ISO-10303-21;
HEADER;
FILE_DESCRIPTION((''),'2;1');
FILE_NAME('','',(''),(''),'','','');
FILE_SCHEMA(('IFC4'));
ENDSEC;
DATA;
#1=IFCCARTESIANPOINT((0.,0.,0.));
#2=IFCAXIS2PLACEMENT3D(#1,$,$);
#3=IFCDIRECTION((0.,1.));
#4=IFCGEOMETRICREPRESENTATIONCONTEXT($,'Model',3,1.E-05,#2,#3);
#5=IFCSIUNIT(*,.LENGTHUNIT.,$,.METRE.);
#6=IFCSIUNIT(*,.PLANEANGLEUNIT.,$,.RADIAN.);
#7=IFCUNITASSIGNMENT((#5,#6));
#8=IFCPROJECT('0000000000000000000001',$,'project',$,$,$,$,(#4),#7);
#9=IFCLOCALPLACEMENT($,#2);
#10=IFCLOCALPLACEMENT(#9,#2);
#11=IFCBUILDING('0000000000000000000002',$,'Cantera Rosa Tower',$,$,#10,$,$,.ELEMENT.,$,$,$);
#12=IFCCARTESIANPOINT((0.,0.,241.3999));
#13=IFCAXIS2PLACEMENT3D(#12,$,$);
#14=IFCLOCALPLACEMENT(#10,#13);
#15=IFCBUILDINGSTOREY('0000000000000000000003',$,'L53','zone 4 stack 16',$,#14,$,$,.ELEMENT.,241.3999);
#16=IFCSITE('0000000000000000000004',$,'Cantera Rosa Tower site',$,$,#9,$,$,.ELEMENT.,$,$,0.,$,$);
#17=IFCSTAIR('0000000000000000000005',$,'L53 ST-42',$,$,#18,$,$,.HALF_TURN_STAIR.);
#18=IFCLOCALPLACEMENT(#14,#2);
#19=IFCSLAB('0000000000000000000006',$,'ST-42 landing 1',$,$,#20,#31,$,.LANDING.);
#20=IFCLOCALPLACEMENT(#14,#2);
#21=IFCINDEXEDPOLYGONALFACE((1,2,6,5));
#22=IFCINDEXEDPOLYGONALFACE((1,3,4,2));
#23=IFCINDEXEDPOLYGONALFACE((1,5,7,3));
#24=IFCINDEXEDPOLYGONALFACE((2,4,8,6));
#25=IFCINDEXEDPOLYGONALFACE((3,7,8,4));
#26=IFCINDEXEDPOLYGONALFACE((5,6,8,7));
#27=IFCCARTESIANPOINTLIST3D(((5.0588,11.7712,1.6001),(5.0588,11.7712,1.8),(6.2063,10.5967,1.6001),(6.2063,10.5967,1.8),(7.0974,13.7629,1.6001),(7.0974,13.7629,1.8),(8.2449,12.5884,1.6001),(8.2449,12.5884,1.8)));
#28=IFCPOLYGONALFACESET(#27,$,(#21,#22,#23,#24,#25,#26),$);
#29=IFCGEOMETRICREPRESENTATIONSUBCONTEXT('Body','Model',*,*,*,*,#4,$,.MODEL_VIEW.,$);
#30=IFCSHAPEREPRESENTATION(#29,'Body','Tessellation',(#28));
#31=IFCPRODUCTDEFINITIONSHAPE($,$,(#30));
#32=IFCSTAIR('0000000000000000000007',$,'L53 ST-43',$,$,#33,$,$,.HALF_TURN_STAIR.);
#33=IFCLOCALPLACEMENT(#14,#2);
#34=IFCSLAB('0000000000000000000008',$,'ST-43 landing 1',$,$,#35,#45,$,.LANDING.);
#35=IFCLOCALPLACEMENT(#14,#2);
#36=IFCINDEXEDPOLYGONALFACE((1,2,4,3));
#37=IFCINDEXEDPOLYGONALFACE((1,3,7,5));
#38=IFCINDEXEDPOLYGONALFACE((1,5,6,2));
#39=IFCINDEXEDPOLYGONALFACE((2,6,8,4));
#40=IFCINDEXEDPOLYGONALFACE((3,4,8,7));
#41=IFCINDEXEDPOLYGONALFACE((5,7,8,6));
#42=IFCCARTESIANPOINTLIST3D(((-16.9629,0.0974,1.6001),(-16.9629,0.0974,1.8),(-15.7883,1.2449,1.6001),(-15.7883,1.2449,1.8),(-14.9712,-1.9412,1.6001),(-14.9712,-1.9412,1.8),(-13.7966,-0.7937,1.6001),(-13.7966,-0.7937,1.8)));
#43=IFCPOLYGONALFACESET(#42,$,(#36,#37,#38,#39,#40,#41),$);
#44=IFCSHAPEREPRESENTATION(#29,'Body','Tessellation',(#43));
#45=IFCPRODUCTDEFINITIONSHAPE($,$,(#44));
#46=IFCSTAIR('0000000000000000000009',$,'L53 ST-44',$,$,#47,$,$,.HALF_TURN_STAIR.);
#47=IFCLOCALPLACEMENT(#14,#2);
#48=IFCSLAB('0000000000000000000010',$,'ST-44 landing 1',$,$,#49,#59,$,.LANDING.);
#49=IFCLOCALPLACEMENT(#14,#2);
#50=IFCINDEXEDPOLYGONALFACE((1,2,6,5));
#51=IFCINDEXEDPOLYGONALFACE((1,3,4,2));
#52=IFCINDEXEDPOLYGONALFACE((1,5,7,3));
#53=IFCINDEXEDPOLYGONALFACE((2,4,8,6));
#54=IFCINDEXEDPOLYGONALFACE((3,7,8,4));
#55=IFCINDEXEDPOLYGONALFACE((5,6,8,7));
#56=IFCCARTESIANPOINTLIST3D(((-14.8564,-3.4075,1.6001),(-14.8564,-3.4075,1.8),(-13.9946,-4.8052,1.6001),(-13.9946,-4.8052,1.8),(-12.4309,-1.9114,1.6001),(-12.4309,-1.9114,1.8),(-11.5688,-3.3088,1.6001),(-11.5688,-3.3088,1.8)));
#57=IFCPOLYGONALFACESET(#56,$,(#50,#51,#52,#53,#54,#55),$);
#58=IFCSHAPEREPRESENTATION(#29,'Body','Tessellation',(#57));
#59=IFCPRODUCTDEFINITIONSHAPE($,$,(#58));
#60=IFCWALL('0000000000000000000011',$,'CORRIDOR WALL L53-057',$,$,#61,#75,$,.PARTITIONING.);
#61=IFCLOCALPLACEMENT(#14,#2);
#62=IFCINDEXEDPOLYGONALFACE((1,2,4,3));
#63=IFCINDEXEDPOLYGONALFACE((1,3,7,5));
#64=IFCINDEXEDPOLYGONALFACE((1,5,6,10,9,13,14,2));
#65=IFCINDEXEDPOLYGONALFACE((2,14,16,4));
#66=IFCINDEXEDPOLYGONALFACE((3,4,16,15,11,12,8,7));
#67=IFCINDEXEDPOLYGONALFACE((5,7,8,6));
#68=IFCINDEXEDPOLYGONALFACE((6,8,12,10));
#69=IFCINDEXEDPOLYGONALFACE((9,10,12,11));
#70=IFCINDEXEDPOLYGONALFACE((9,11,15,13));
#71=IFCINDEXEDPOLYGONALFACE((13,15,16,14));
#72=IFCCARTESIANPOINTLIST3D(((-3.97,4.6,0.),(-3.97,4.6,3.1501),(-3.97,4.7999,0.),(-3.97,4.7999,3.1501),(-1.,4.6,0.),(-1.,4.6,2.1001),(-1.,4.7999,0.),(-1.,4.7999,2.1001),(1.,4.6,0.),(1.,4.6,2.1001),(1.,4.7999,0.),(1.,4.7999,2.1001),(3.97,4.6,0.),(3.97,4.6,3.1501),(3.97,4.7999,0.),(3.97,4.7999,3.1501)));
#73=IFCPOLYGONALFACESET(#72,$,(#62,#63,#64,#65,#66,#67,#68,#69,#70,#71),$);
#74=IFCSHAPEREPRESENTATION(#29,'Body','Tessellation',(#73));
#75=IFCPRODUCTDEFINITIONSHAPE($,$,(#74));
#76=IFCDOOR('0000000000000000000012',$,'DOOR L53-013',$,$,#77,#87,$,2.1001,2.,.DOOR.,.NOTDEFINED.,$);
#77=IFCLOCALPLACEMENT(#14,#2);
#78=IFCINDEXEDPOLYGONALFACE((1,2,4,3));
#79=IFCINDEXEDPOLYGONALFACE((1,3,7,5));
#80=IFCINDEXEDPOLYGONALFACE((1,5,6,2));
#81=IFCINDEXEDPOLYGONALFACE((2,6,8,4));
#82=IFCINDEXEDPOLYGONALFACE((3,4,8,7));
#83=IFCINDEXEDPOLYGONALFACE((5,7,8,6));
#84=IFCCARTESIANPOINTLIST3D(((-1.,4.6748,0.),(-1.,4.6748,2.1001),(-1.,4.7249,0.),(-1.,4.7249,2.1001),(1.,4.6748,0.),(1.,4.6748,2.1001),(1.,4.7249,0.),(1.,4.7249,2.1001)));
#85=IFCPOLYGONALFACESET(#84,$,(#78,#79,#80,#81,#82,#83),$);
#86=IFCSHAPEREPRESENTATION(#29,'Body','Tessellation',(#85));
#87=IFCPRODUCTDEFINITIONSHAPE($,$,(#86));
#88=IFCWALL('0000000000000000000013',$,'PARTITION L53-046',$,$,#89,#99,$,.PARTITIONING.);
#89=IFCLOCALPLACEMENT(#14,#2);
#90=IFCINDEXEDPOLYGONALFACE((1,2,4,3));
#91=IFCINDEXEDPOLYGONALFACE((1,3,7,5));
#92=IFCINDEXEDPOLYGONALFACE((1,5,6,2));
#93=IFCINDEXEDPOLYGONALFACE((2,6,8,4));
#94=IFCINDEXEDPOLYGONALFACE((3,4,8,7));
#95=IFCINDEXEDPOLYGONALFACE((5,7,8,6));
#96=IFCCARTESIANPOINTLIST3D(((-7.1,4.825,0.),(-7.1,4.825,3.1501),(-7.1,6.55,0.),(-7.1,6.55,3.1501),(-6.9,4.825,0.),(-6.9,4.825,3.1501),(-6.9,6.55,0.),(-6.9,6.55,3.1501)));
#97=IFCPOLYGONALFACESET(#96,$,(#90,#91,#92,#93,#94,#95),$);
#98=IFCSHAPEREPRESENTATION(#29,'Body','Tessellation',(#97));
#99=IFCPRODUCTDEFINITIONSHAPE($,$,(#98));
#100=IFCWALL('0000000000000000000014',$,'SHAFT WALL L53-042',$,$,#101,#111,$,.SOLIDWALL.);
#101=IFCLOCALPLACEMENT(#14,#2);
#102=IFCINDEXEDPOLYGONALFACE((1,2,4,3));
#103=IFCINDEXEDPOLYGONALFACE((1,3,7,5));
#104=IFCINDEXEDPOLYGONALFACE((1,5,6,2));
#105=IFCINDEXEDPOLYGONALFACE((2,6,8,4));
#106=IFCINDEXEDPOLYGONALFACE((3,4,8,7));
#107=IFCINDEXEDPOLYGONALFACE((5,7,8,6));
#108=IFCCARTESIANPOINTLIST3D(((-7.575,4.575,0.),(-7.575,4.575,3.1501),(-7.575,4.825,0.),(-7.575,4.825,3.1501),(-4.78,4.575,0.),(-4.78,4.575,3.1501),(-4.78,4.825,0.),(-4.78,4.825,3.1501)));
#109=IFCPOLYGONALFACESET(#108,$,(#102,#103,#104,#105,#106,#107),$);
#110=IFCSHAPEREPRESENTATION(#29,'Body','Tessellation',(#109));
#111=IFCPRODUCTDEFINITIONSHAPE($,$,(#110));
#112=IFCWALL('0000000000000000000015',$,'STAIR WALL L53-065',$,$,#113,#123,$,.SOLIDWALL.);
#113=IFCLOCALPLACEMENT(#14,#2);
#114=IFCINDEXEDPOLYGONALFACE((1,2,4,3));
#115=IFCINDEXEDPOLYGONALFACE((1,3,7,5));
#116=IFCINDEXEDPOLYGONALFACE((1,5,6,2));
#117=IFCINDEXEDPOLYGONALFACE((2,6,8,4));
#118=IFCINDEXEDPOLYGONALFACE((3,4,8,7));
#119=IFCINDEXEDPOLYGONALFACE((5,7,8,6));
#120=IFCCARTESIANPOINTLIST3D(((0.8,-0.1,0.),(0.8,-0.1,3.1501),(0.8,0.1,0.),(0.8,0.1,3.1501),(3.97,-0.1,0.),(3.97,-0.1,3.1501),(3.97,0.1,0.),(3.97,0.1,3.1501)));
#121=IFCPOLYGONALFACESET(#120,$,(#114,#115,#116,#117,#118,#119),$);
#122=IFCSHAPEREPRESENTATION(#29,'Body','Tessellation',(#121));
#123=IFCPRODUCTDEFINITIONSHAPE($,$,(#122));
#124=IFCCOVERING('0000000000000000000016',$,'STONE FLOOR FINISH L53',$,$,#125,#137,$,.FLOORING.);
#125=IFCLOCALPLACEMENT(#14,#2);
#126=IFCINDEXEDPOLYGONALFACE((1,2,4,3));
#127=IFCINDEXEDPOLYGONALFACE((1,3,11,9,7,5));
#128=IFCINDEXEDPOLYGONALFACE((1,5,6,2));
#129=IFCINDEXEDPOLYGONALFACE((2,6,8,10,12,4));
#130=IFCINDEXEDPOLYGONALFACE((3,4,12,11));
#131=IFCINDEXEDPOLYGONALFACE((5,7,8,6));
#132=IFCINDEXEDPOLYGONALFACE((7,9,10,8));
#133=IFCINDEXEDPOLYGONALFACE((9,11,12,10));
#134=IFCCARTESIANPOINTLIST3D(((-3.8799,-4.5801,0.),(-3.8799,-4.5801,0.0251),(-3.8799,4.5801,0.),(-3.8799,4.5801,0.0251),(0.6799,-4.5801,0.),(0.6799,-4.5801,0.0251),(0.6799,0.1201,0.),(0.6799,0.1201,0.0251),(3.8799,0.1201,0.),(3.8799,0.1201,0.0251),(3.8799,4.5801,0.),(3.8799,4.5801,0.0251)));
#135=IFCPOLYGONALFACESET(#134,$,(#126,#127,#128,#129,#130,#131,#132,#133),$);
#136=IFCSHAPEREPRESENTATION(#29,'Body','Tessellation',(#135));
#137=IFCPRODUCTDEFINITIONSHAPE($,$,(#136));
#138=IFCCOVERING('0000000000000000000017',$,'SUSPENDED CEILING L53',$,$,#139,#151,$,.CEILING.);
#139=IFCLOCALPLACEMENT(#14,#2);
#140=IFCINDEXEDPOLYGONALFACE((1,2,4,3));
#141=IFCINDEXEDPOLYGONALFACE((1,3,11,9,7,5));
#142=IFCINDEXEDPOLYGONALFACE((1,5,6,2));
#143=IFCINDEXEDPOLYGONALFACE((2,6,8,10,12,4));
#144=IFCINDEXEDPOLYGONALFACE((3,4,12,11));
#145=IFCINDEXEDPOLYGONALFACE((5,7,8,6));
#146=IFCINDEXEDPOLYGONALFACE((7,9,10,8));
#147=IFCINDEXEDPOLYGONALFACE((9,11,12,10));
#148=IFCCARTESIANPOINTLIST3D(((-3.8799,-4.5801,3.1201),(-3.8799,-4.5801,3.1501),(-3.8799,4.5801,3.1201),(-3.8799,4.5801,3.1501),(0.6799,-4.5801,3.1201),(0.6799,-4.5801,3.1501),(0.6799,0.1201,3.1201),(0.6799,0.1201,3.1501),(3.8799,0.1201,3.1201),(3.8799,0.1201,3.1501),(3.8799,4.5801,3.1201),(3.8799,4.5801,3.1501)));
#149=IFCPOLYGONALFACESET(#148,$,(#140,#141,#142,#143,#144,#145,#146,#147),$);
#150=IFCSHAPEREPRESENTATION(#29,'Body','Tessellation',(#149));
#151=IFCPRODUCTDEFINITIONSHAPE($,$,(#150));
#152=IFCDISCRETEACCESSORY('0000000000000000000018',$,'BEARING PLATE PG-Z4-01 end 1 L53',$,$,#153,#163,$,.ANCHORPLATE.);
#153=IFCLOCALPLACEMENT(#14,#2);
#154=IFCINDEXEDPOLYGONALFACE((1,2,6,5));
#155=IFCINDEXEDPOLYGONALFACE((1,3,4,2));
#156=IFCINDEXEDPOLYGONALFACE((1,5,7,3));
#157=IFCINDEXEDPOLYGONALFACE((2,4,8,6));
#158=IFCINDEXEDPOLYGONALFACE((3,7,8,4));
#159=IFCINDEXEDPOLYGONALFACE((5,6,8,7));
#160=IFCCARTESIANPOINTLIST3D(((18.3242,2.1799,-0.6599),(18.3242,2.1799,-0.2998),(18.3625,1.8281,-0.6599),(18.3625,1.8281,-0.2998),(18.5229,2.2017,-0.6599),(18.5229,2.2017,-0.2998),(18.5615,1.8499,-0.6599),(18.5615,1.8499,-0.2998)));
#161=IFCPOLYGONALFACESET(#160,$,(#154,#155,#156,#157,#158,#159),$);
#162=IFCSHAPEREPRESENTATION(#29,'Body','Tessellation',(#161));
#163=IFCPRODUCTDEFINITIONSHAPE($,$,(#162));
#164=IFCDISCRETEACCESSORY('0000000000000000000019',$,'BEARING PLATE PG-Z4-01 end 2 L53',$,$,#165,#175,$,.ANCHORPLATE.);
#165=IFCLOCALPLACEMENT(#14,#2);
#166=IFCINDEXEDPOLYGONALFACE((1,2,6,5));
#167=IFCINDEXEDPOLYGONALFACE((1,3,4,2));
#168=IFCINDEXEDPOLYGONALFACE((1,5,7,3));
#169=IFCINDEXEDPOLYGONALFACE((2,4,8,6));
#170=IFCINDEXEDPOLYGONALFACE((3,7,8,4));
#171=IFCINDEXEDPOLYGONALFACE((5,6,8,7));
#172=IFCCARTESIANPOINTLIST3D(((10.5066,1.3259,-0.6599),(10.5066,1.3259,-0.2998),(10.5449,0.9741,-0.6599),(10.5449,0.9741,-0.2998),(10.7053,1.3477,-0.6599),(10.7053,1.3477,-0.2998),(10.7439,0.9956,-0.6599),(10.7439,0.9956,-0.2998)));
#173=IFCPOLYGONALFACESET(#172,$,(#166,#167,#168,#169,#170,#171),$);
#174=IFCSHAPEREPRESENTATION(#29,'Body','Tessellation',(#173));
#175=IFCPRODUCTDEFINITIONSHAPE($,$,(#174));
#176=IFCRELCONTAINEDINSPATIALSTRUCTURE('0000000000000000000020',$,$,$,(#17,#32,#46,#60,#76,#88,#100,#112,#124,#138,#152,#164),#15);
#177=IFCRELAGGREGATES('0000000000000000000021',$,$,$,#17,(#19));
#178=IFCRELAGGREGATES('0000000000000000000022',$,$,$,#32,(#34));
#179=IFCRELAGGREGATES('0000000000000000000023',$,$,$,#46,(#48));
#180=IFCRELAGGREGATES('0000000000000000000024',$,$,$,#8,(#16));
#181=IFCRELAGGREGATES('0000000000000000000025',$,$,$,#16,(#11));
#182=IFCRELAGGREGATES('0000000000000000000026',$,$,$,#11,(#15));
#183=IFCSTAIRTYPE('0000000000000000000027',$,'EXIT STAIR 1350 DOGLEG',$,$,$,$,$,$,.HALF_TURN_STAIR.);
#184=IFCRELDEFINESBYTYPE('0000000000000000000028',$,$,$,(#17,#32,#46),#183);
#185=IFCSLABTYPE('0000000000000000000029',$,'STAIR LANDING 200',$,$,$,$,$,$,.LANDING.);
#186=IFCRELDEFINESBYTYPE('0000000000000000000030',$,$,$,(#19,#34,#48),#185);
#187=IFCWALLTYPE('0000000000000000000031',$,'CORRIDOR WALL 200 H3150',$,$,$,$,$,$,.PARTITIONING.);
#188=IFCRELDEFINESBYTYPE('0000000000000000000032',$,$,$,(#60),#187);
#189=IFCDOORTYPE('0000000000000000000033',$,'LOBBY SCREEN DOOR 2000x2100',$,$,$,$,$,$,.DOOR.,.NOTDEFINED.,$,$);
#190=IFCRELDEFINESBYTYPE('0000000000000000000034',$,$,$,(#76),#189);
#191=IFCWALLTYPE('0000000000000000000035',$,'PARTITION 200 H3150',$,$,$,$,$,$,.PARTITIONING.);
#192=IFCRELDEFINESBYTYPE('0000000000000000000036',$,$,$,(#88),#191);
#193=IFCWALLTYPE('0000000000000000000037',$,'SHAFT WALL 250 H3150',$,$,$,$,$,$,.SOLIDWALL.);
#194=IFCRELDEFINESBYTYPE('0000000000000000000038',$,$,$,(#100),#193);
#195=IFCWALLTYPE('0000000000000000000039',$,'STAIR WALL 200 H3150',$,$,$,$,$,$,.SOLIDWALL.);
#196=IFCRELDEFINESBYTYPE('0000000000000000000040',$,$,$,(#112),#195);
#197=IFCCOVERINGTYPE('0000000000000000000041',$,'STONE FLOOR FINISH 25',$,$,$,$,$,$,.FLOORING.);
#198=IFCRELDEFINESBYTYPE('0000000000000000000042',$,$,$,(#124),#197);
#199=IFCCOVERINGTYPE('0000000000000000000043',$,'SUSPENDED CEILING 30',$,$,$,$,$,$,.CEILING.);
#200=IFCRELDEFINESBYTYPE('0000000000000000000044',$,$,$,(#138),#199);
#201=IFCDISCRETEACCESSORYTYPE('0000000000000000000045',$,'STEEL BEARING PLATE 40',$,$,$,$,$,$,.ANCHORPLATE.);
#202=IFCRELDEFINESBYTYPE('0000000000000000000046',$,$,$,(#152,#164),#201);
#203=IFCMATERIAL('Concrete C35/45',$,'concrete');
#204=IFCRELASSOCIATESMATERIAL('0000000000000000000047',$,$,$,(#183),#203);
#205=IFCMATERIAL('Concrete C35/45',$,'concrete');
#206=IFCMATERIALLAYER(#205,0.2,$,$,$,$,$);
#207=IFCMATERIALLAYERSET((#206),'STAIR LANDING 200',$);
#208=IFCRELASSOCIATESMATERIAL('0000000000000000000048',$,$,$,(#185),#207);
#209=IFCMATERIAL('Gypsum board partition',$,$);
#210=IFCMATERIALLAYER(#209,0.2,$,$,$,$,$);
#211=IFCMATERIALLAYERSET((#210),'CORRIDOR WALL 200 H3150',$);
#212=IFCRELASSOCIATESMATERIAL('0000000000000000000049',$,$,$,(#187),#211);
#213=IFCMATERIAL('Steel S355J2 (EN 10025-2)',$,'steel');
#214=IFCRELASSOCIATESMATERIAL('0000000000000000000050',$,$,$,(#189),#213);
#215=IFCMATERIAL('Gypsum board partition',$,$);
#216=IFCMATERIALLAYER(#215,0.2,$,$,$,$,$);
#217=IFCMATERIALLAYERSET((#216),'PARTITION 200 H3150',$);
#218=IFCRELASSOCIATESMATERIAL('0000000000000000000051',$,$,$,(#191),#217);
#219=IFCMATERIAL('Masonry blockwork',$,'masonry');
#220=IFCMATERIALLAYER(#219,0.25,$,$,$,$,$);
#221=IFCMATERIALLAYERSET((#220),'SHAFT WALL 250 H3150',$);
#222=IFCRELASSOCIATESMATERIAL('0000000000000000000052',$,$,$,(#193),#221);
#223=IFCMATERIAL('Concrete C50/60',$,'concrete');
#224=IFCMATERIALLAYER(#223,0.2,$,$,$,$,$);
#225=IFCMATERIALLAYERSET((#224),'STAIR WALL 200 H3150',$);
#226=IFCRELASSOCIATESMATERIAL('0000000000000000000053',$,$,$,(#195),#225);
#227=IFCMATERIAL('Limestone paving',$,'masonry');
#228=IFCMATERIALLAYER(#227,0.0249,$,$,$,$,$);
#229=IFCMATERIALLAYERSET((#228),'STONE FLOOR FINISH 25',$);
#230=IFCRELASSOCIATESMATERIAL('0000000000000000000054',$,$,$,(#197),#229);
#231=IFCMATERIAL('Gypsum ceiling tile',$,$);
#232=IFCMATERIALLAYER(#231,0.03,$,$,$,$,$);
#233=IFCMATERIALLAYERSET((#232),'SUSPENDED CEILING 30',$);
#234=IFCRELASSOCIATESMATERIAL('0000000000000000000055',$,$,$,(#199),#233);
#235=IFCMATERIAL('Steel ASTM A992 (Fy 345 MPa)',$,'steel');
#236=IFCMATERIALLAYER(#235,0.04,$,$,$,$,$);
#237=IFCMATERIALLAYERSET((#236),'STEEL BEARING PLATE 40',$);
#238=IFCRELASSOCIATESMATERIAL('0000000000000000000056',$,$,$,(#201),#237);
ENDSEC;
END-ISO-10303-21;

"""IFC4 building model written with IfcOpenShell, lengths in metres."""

from ifc_helpers import new_model, si_unit, direction, frame, frame_2d, origin, place, context, subcontext, project, spatial, polyline, rectangle, outline, extrude, material, layer, layer_set, type_object, element, fill, aggregate, save


model = new_model("IFC4")

# Units and contexts
model_context = context("Model", 3, precision=1e-05, world=origin(), true_north=direction((0.0, 1.0)))
body_context = subcontext(model_context, "Body", "Model", "MODEL_VIEW")
ifc_project = project(units=[si_unit("LENGTHUNIT", "METRE"), si_unit("PLANEANGLEUNIT", "RADIAN")], contexts=[model_context])

# Site, building, storey
site_placement = place(None, origin())
site = spatial("IfcSite", under=ifc_project, at=site_placement, Name="Cantera Rosa Tower site", CompositionType="ELEMENT", RefElevation=0.0)
building_placement = place(site_placement, origin())
building = spatial("IfcBuilding", under=site, at=building_placement, Name="Cantera Rosa Tower", CompositionType="ELEMENT")
storey_placement = place(building_placement, frame((0.0, 0.0, 241.3999)))
storey = spatial("IfcBuildingStorey", under=building, at=storey_placement, Name="L53", Description="zone 4 stack 16", CompositionType="ELEMENT", Elevation=241.3999)

# Stairs, slabs
ifc_material_1 = material(Name="Concrete C35/45", Category="concrete")
stair_type = type_object("IfcStairType", Name="EXIT STAIR 1350 DOGLEG", PredefinedType="HALF_TURN_STAIR", material=ifc_material_1)
ifc_material_2 = material(Name="Concrete C35/45", Category="concrete")
ifc_layer_1 = layer(ifc_material_2, 0.2)
ifc_layer_set_1 = layer_set([ifc_layer_1], Name="STAIR LANDING 200")
slab_type_1 = type_object("IfcSlabType", Name="STAIR LANDING 200", PredefinedType="LANDING", material=ifc_layer_set_1)
stair_1_placement = place(storey_placement, origin())
stair_1 = element("IfcStair", 1, at=stair_1_placement, inside=storey, type_object=stair_type, Name="L53 ST-42", PredefinedType="HALF_TURN_STAIR")
slab_1_placement = place(storey_placement, frame((0.0, 0.0, 1.6001)))
slab_1 = element("IfcSlab", 2, at=slab_1_placement, type_object=slab_type_1, Name="ST-42 landing 1", PredefinedType="LANDING", context=body_context, shape_type="SweptSolid", body=[
    extrude(outline(polyline([(8.2449, 12.5884), (7.0974, 13.7629), (5.0588, 11.7712), (6.2063, 10.5967), (8.2449, 12.5884)])), origin(), (0.0, 0.0, 1.0), 0.2),
])
aggregate(stair_1, [slab_1])
stair_2_placement = place(storey_placement, origin())
stair_2 = element("IfcStair", 3, at=stair_2_placement, inside=storey, type_object=stair_type, Name="L53 ST-43", PredefinedType="HALF_TURN_STAIR")
slab_2_placement = place(storey_placement, frame((0.0, 0.0, 1.6001)))
slab_2 = element("IfcSlab", 4, at=slab_2_placement, type_object=slab_type_1, Name="ST-43 landing 1", PredefinedType="LANDING", context=body_context, shape_type="SweptSolid", body=[
    extrude(outline(polyline([(-15.7883, 1.2449), (-16.9629, 0.0974), (-14.9712, -1.9412), (-13.7966, -0.7937), (-15.7883, 1.2449)])), origin(), (0.0, 0.0, 1.0), 0.2),
])
aggregate(stair_2, [slab_2])
stair_3_placement = place(storey_placement, origin())
stair_3 = element("IfcStair", 5, at=stair_3_placement, inside=storey, type_object=stair_type, Name="L53 ST-44", PredefinedType="HALF_TURN_STAIR")
slab_3_placement = place(storey_placement, frame((0.0, 0.0, 1.6001)))
slab_3 = element("IfcSlab", 6, at=slab_3_placement, type_object=slab_type_1, Name="ST-44 landing 1", PredefinedType="LANDING", context=body_context, shape_type="SweptSolid", body=[
    extrude(outline(polyline([(-11.5688, -3.3088), (-12.4309, -1.9114), (-14.8564, -3.4075), (-13.9946, -4.8052), (-11.5688, -3.3088)])), origin(), (0.0, 0.0, 1.0), 0.2),
])
aggregate(stair_3, [slab_3])

# Wall, opening, door
ifc_material_3 = material(Name="Gypsum board partition")
ifc_layer_2 = layer(ifc_material_3, 0.2)
ifc_layer_set_2 = layer_set([ifc_layer_2], Name="CORRIDOR WALL 200 H3150")
wall_type_1 = type_object("IfcWallType", Name="CORRIDOR WALL 200 H3150", PredefinedType="PARTITIONING", material=ifc_layer_set_2)
wall_1_placement = place(storey_placement, frame((-3.97, 4.7, 0.0), z_axis=(0.0, 0.0, 1.0), x_axis=(1.0, 0.0, 0.0)))
wall_1 = element("IfcWall", 7, at=wall_1_placement, inside=storey, type_object=wall_type_1, Name="CORRIDOR WALL L53-057", PredefinedType="PARTITIONING", context=body_context, shape_type="SweptSolid", body=[
    extrude(rectangle(XDim=7.9399, YDim=0.2, at=frame_2d((3.97, 0.0))), origin(), (0.0, 0.0, 1.0), 3.1501),
])
opening_placement = place(wall_1_placement, frame((2.97, 0.0, 0.0)))
opening = element("IfcOpeningElement", 8, at=opening_placement, cuts=wall_1, PredefinedType="OPENING", context=body_context, shape_type="SweptSolid", body=[
    extrude(rectangle(XDim=2.0, YDim=2.1001, at=frame_2d((1.0, 1.05))), frame((0.0, 0.1099, 0.0), z_axis=(0.0, -1.0, 0.0), x_axis=(1.0, 0.0, 0.0)), (0.0, 0.0, 1.0), 0.22),
])
ifc_material_4 = material(Name="Steel S355J2 (EN 10025-2)", Category="steel")
door_type = type_object("IfcDoorType", Name="LOBBY SCREEN DOOR 2000x2100", OperationType="NOTDEFINED", PredefinedType="DOOR", material=ifc_material_4)
door_placement = place(opening_placement, origin())
door = element("IfcDoor", 9, at=door_placement, inside=storey, type_object=door_type, Name="DOOR L53-013", OperationType="NOTDEFINED", OverallHeight=2.1001, OverallWidth=2.0, PredefinedType="DOOR", context=body_context, shape_type="SweptSolid", body=[
    extrude(rectangle(XDim=2.0, YDim=2.1001, at=frame_2d((1.0, 1.05))), frame((0.0, 0.0249, 0.0), z_axis=(0.0, -1.0, 0.0), x_axis=(1.0, 0.0, 0.0)), (0.0, 0.0, 1.0), 0.05),
])
fill(opening, door)

# Walls
ifc_material_5 = material(Name="Gypsum board partition")
ifc_layer_3 = layer(ifc_material_5, 0.2)
ifc_layer_set_3 = layer_set([ifc_layer_3], Name="PARTITION 200 H3150")
wall_type_2 = type_object("IfcWallType", Name="PARTITION 200 H3150", PredefinedType="PARTITIONING", material=ifc_layer_set_3)
wall_2_placement = place(storey_placement, frame((-7.0, 4.825, 0.0), z_axis=(0.0, 0.0, 1.0), x_axis=(0.0, 1.0, 0.0)))
element("IfcWall", 10, at=wall_2_placement, inside=storey, type_object=wall_type_2, Name="PARTITION L53-046", PredefinedType="PARTITIONING", context=body_context, shape_type="SweptSolid", body=[
    extrude(rectangle(XDim=1.7251, YDim=0.2, at=frame_2d((0.8625, 0.0))), origin(), (0.0, 0.0, 1.0), 3.1501),
])
ifc_material_6 = material(Name="Masonry blockwork", Category="masonry")
ifc_layer_4 = layer(ifc_material_6, 0.25)
ifc_layer_set_4 = layer_set([ifc_layer_4], Name="SHAFT WALL 250 H3150")
wall_type_3 = type_object("IfcWallType", Name="SHAFT WALL 250 H3150", PredefinedType="SOLIDWALL", material=ifc_layer_set_4)
wall_3_placement = place(storey_placement, frame((-7.575, 4.7, 0.0), z_axis=(0.0, 0.0, 1.0), x_axis=(1.0, 0.0, 0.0)))
element("IfcWall", 11, at=wall_3_placement, inside=storey, type_object=wall_type_3, Name="SHAFT WALL L53-042", PredefinedType="SOLIDWALL", context=body_context, shape_type="SweptSolid", body=[
    extrude(rectangle(XDim=2.7949, YDim=0.25, at=frame_2d((1.3975, 0.0))), origin(), (0.0, 0.0, 1.0), 3.1501),
])
ifc_material_7 = material(Name="Concrete C50/60", Category="concrete")
ifc_layer_5 = layer(ifc_material_7, 0.2)
ifc_layer_set_5 = layer_set([ifc_layer_5], Name="STAIR WALL 200 H3150")
wall_type_4 = type_object("IfcWallType", Name="STAIR WALL 200 H3150", PredefinedType="SOLIDWALL", material=ifc_layer_set_5)
wall_4_placement = place(storey_placement, frame((0.8, 0.0, 0.0), z_axis=(0.0, 0.0, 1.0), x_axis=(1.0, 0.0, 0.0)))
element("IfcWall", 12, at=wall_4_placement, inside=storey, type_object=wall_type_4, Name="STAIR WALL L53-065", PredefinedType="SOLIDWALL", context=body_context, shape_type="SweptSolid", body=[
    extrude(rectangle(XDim=3.1699, YDim=0.2, at=frame_2d((1.585, 0.0))), origin(), (0.0, 0.0, 1.0), 3.1501),
])

# Coverings
ifc_material_8 = material(Name="Limestone paving", Category="masonry")
ifc_layer_6 = layer(ifc_material_8, 0.0249)
ifc_layer_set_6 = layer_set([ifc_layer_6], Name="STONE FLOOR FINISH 25")
covering_type_1 = type_object("IfcCoveringType", Name="STONE FLOOR FINISH 25", PredefinedType="FLOORING", material=ifc_layer_set_6)
covering_1_placement = place(storey_placement, origin())
element("IfcCovering", 13, at=covering_1_placement, inside=storey, type_object=covering_type_1, Name="STONE FLOOR FINISH L53", PredefinedType="FLOORING", context=body_context, shape_type="SweptSolid", body=[
    extrude(outline(polyline([(3.8799, 4.5801), (3.8799, 0.1201), (0.6799, 0.1201), (0.6799, -4.5801), (-3.8799, -4.5801), (-3.8799, 4.5801), (3.8799, 4.5801)])), origin(), (0.0, 0.0, 1.0), 0.0251),
])
ifc_material_9 = material(Name="Gypsum ceiling tile")
ifc_layer_7 = layer(ifc_material_9, 0.03)
ifc_layer_set_7 = layer_set([ifc_layer_7], Name="SUSPENDED CEILING 30")
covering_type_2 = type_object("IfcCoveringType", Name="SUSPENDED CEILING 30", PredefinedType="CEILING", material=ifc_layer_set_7)
covering_2_placement = place(storey_placement, frame((0.0, 0.0, 3.1201)))
element("IfcCovering", 14, at=covering_2_placement, inside=storey, type_object=covering_type_2, Name="SUSPENDED CEILING L53", PredefinedType="CEILING", context=body_context, shape_type="SweptSolid", body=[
    extrude(outline(polyline([(3.8799, 4.5801), (3.8799, 0.1201), (0.6799, 0.1201), (0.6799, -4.5801), (-3.8799, -4.5801), (-3.8799, 4.5801), (3.8799, 4.5801)])), origin(), (0.0, 0.0, 1.0), 0.03),
])

# Discrete accessories
ifc_material_10 = material(Name="Steel ASTM A992 (Fy 345 MPa)", Category="steel")
ifc_layer_8 = layer(ifc_material_10, 0.04)
ifc_layer_set_8 = layer_set([ifc_layer_8], Name="STEEL BEARING PLATE 40")
discrete_accessory_type = type_object("IfcDiscreteAccessoryType", Name="STEEL BEARING PLATE 40", PredefinedType="ANCHORPLATE", material=ifc_layer_set_8)
discrete_accessory_1_placement = place(storey_placement, frame((0.0, 0.0, -0.6599)))
element("IfcDiscreteAccessory", 15, at=discrete_accessory_1_placement, inside=storey, type_object=discrete_accessory_type, Name="BEARING PLATE PG-Z4-01 end 1 L53", PredefinedType="ANCHORPLATE", context=body_context, shape_type="SweptSolid", body=[
    extrude(outline(polyline([(18.3625, 1.8281), (18.5615, 1.8499), (18.5229, 2.2017), (18.3242, 2.1799), (18.3625, 1.8281)])), origin(), (0.0, 0.0, 1.0), 0.3601),
])
discrete_accessory_2_placement = place(storey_placement, frame((0.0, 0.0, -0.6599)))
element("IfcDiscreteAccessory", 16, at=discrete_accessory_2_placement, inside=storey, type_object=discrete_accessory_type, Name="BEARING PLATE PG-Z4-01 end 2 L53", PredefinedType="ANCHORPLATE", context=body_context, shape_type="SweptSolid", body=[
    extrude(outline(polyline([(10.7053, 1.3477), (10.5066, 1.3259), (10.5449, 0.9741), (10.7439, 0.9956), (10.7053, 1.3477)])), origin(), (0.0, 0.0, 1.0), 0.3601),
])

save(model, "model.ifc")
